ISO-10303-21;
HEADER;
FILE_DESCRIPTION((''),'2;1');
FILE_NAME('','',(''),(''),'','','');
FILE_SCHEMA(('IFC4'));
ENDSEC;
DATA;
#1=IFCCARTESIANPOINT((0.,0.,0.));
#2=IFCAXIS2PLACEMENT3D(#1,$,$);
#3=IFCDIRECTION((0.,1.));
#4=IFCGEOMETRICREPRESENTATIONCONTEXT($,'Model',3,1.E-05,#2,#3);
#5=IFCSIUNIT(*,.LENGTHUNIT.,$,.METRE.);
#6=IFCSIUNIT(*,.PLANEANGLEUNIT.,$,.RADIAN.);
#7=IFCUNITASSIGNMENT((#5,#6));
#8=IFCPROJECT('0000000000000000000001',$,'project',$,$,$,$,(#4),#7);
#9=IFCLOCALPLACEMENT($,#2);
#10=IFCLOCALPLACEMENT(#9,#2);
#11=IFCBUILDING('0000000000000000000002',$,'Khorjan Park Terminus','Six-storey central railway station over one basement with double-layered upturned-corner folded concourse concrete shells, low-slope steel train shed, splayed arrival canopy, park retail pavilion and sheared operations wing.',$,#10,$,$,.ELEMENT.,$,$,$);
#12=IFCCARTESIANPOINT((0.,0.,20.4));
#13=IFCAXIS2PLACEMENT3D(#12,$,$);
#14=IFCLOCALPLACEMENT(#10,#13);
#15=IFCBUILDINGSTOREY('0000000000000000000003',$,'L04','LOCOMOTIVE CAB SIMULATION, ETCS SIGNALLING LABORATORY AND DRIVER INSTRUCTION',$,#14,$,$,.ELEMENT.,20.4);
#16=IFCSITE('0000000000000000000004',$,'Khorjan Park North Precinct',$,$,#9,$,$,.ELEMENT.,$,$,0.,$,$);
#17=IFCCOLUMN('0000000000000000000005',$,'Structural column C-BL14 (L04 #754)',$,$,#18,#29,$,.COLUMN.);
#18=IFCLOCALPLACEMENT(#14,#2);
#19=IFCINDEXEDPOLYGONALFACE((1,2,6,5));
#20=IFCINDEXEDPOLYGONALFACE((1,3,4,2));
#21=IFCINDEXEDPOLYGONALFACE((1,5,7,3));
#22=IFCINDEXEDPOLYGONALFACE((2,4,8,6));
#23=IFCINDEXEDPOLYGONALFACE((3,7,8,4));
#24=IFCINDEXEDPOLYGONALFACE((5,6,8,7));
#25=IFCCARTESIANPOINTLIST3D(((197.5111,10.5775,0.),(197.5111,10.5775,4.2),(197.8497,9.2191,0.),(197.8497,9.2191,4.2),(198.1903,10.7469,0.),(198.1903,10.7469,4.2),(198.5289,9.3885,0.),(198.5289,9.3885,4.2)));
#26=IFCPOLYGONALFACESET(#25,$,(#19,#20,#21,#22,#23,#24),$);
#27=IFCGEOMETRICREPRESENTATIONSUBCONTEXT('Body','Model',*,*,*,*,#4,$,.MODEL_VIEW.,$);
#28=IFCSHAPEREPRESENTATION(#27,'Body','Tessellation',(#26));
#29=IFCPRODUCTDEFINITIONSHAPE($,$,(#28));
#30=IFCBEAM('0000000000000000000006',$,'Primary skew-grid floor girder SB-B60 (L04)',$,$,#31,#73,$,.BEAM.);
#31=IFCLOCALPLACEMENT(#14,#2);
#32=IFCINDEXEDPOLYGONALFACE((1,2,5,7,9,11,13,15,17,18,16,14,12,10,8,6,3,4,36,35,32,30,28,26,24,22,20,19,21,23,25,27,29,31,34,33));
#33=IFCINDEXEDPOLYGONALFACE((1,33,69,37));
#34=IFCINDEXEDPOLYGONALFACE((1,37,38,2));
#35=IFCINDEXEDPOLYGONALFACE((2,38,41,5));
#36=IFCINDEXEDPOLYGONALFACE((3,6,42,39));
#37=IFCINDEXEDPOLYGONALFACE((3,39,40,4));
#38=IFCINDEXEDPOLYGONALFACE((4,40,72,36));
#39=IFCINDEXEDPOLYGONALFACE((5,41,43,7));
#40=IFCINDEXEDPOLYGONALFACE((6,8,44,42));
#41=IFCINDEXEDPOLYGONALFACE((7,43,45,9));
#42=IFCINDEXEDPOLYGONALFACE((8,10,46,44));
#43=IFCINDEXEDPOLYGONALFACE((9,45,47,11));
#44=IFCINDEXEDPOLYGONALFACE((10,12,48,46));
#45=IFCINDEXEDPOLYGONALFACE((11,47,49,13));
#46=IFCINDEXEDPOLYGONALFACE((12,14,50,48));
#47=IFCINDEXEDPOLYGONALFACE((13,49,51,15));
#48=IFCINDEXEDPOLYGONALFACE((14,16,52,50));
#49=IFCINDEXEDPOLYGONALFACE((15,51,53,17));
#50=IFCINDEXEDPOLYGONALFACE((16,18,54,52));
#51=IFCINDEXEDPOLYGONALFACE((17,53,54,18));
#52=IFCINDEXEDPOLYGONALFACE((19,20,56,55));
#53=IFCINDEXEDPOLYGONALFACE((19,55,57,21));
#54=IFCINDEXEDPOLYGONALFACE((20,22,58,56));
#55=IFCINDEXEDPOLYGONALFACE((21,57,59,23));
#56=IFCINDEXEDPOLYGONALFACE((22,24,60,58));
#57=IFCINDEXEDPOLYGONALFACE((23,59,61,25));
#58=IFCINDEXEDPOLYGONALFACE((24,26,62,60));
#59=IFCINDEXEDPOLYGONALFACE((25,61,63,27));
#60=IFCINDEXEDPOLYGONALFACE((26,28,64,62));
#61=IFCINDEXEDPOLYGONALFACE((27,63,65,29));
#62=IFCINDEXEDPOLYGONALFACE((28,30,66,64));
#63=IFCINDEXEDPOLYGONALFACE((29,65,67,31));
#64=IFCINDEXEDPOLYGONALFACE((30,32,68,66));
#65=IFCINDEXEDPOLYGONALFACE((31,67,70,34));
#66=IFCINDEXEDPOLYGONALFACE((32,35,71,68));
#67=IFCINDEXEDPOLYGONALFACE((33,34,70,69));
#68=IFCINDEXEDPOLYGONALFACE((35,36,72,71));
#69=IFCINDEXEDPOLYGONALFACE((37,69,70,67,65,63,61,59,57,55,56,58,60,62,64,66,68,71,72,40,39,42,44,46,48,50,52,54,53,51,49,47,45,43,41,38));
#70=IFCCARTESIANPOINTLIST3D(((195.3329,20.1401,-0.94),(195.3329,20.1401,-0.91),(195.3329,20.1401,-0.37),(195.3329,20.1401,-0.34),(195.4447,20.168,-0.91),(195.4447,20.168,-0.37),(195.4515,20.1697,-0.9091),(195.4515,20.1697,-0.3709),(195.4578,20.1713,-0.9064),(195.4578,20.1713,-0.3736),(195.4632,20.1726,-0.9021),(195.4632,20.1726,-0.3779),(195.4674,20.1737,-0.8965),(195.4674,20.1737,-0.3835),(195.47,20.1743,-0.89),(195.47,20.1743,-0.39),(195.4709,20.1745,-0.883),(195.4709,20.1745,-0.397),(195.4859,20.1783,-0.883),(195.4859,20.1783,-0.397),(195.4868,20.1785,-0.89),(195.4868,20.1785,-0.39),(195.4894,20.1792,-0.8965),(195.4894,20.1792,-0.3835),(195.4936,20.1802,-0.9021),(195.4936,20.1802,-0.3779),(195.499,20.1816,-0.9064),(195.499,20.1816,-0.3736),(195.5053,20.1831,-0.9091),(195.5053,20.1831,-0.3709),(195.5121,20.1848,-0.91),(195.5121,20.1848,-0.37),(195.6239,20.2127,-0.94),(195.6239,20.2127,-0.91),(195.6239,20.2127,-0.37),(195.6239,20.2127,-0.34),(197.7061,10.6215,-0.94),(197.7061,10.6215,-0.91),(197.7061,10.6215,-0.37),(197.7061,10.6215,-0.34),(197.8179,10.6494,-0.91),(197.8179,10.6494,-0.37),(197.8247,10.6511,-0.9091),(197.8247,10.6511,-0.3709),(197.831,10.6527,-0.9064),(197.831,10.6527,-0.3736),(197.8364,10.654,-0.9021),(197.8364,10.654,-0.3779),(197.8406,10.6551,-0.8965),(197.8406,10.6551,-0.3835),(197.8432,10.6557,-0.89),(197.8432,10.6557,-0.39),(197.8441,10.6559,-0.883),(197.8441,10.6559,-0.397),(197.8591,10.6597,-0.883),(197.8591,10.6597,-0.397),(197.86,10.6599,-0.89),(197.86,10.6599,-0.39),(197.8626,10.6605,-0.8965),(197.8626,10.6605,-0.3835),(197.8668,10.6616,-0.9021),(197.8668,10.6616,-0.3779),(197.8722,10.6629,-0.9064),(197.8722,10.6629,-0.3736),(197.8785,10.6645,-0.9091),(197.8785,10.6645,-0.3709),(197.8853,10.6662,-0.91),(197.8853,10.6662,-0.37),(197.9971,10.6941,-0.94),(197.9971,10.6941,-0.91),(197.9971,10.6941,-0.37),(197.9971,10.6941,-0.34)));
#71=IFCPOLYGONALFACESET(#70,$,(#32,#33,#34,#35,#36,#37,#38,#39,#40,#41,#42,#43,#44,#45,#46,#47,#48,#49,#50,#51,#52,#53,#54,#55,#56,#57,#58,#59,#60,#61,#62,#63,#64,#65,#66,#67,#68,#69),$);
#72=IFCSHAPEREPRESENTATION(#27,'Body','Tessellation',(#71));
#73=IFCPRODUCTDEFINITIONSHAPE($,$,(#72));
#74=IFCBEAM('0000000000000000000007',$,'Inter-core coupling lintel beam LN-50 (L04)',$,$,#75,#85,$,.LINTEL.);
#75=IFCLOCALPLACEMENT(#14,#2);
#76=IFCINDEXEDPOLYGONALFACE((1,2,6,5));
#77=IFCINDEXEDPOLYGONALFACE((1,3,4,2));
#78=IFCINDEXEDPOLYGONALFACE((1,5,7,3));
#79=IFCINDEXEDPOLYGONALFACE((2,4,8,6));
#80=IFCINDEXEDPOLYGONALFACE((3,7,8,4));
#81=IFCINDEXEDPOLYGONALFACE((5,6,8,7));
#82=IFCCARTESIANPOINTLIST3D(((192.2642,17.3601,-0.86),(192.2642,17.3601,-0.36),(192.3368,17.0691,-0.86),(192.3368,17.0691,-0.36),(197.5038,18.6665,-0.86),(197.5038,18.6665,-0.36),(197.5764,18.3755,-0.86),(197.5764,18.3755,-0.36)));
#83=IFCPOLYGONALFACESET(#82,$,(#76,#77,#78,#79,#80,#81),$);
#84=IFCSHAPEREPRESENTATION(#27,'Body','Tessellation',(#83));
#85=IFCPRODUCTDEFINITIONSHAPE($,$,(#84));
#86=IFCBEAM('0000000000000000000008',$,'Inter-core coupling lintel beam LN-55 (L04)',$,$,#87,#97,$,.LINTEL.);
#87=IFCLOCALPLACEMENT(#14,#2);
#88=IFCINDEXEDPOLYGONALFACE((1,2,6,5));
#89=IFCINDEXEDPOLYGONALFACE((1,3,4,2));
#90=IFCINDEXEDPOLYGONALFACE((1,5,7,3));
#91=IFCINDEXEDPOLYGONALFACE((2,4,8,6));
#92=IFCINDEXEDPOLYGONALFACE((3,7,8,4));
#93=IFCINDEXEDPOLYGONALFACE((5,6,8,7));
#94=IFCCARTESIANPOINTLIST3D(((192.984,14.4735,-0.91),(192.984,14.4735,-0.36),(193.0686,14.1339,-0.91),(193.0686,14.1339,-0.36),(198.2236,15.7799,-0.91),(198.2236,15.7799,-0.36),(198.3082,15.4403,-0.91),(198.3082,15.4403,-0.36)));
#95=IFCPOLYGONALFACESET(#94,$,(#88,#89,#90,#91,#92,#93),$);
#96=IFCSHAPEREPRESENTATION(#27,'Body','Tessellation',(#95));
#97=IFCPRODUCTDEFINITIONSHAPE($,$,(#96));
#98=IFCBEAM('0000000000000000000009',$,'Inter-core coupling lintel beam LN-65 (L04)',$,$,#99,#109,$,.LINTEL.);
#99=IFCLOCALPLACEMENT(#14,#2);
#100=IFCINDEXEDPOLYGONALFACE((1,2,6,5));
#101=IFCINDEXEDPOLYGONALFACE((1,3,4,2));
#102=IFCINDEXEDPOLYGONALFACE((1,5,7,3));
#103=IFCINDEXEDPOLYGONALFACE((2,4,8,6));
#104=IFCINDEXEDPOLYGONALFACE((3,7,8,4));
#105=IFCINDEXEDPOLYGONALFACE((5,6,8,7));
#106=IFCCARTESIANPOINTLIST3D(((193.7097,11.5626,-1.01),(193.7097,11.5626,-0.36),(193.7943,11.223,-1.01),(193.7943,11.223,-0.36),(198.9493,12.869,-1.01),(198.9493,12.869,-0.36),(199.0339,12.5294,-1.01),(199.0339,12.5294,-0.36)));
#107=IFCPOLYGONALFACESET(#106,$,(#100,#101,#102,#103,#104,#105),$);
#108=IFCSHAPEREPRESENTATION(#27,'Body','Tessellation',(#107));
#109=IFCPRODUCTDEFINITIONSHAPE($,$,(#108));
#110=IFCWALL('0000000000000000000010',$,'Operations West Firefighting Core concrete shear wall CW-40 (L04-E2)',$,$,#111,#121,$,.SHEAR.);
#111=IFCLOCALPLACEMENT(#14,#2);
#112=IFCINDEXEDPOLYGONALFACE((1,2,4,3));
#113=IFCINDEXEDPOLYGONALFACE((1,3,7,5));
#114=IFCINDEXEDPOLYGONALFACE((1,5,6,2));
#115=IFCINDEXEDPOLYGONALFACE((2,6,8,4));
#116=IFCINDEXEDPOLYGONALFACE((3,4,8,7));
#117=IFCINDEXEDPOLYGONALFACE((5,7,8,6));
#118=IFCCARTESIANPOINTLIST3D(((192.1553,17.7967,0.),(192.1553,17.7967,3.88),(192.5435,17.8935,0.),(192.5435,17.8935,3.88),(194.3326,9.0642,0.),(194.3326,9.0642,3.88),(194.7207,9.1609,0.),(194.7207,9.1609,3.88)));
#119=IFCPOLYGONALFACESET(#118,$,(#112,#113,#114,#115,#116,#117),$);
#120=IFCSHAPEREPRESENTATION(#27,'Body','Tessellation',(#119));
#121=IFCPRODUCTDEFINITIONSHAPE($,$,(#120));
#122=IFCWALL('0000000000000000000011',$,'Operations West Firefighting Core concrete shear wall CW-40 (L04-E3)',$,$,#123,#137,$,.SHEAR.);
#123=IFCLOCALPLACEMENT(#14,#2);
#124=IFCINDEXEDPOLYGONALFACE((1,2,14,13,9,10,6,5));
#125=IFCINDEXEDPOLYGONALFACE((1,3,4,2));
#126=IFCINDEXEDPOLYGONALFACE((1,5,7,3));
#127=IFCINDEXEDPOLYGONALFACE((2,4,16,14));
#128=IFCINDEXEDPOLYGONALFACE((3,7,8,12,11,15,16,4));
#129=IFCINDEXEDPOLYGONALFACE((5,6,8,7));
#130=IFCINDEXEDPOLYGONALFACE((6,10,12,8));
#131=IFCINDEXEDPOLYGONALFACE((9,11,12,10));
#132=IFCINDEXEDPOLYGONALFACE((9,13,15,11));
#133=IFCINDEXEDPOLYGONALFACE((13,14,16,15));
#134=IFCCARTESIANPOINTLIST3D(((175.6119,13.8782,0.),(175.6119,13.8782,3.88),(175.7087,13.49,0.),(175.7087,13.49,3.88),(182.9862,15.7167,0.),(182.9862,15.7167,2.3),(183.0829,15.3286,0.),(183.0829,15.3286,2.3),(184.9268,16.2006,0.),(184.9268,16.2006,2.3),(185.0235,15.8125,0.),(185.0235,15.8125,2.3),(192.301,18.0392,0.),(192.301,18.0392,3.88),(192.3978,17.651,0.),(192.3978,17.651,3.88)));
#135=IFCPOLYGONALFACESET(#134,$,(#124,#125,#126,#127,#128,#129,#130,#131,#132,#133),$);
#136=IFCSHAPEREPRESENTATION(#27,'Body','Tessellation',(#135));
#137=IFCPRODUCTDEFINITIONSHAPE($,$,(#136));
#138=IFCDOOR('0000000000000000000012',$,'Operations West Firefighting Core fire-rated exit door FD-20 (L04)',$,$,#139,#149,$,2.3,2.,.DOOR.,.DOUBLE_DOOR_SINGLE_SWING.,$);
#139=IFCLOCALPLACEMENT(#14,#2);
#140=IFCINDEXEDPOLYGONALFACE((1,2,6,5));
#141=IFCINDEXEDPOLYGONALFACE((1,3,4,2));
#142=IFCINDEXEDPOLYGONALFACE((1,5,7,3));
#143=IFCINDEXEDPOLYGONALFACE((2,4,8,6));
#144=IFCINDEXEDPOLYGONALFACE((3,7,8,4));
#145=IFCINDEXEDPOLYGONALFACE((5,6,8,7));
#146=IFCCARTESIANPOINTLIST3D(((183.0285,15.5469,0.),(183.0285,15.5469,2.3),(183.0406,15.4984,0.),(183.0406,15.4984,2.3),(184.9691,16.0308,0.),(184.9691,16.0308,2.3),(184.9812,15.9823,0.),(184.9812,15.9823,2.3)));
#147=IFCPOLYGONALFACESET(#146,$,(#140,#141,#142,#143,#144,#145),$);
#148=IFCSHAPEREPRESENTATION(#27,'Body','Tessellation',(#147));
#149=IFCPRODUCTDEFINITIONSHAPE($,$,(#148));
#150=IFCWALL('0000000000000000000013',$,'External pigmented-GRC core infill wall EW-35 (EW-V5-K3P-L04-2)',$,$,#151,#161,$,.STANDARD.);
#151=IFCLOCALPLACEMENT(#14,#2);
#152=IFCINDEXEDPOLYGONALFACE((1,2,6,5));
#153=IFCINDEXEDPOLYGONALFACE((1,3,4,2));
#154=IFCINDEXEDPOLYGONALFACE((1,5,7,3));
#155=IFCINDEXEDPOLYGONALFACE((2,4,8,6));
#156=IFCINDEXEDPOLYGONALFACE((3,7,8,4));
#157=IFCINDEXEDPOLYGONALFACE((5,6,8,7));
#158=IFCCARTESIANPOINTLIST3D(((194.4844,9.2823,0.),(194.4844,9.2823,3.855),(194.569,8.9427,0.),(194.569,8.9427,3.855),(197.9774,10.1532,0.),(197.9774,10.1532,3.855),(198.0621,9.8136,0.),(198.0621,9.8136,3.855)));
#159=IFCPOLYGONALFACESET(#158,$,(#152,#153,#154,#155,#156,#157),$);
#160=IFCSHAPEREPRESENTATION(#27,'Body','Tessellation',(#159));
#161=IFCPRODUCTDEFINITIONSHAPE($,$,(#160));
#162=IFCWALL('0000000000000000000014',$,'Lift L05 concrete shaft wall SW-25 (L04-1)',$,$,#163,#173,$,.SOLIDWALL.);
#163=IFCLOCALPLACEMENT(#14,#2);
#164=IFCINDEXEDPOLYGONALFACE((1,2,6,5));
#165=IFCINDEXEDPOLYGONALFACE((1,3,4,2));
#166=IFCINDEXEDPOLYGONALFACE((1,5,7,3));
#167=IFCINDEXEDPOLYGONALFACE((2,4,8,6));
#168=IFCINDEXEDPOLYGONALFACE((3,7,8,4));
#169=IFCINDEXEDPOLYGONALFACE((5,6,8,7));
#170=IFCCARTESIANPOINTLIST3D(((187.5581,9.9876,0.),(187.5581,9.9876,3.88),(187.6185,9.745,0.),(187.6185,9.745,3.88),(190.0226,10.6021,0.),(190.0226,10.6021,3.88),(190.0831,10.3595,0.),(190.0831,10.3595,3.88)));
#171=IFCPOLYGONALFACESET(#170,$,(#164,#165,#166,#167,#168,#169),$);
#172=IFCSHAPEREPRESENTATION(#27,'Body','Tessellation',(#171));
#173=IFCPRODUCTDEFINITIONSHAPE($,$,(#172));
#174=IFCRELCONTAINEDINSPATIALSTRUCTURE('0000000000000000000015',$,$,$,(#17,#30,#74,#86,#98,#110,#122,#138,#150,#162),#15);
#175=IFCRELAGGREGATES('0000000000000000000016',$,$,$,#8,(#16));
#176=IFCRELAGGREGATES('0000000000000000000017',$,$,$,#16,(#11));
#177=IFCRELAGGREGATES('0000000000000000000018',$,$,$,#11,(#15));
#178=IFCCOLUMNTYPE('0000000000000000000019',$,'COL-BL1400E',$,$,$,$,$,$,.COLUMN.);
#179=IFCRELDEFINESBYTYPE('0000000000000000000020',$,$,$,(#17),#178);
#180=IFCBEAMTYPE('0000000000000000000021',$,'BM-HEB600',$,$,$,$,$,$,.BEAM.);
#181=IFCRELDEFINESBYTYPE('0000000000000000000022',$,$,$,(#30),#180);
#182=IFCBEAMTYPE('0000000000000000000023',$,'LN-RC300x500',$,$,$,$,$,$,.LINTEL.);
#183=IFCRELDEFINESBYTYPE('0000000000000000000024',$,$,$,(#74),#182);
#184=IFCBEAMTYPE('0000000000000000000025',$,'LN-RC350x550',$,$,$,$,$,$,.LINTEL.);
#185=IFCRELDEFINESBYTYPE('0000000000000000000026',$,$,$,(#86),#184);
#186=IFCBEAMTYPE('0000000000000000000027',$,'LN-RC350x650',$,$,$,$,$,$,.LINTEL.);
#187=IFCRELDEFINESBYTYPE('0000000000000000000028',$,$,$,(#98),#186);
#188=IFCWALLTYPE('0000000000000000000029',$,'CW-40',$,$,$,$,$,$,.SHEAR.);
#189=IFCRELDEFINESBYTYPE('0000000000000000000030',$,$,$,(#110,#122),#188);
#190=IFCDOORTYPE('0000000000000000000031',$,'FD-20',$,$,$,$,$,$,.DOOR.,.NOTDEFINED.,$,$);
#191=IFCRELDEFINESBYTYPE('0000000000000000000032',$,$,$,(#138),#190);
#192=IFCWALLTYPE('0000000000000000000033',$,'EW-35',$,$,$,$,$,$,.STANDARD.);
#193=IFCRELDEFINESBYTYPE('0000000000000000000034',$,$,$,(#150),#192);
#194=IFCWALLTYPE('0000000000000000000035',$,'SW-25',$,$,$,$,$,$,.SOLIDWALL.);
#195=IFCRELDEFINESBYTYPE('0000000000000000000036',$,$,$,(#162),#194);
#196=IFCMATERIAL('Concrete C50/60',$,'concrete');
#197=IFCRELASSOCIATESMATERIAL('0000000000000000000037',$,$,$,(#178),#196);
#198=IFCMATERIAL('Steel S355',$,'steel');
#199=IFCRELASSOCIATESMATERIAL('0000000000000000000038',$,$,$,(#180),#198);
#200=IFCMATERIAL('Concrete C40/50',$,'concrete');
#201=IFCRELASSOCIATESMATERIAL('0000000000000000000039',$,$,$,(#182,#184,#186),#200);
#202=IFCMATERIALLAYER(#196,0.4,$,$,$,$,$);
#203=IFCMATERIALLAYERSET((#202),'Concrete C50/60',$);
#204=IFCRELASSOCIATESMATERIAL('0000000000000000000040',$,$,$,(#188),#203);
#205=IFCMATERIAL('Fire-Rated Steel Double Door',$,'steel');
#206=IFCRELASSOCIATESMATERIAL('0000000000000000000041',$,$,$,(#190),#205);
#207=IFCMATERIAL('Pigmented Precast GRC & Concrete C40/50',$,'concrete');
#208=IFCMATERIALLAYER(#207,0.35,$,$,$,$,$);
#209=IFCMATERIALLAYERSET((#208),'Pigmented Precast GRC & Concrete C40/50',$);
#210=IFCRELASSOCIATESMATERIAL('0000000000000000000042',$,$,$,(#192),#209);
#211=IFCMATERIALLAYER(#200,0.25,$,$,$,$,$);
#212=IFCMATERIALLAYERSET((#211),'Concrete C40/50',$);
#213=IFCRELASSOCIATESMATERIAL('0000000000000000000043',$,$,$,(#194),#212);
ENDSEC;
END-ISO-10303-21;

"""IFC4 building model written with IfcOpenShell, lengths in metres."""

from ifc_helpers import new_model, si_unit, direction, frame, frame_2d, origin, origin_2d, place, context, subcontext, project, spatial, rectangle, i_section, extrude, material, layer, layer_set, material_profile, profile_set, type_object, element, fill, save


model = new_model("IFC4")

# Units and contexts
model_context = context("Model", 3, precision=1e-05, world=origin(), true_north=direction((0.0, 1.0)))
body_context = subcontext(model_context, "Body", "Model", "MODEL_VIEW")
ifc_project = project(units=[si_unit("LENGTHUNIT", "METRE"), si_unit("PLANEANGLEUNIT", "RADIAN")], contexts=[model_context])

# Site, building, storey
site_placement = place(None, origin())
site = spatial("IfcSite", under=ifc_project, at=site_placement, Name="Khorjan Park North Precinct", CompositionType="ELEMENT", RefElevation=0.0)
building_placement = place(site_placement, origin())
building = spatial("IfcBuilding", under=site, at=building_placement, Name="Khorjan Park Terminus", Description="Six-storey central railway station over one basement with double-layered upturned-corner folded concourse concrete shells, low-slope steel train shed, splayed arrival canopy, park retail pavilion and sheared operations wing.", CompositionType="ELEMENT")
storey_placement = place(building_placement, frame((0.0, 0.0, 20.4)))
storey = spatial("IfcBuildingStorey", under=building, at=storey_placement, Name="L04", Description="LOCOMOTIVE CAB SIMULATION, ETCS SIGNALLING LABORATORY AND DRIVER INSTRUCTION", CompositionType="ELEMENT", Elevation=20.4)

# Column
ifc_material_1 = material(Name="Concrete C50/60", Category="concrete")
ifc_material_profile_1 = material_profile(ifc_material_1, rectangle(XDim=0.7, YDim=1.4, at=origin_2d()), Name="RC 700x1400")
ifc_profile_set_1 = profile_set([ifc_material_profile_1], Name="Concrete C50/60")
column_type = type_object("IfcColumnType", Name="COL-BL1400E", PredefinedType="COLUMN", material=ifc_profile_set_1)
column_placement = place(storey_placement, frame((198.02, 9.983, 0.0), z_axis=(0.0, 0.0, 1.0), x_axis=(0.970296, 0.241922, 0.0)))
element("IfcColumn", 1, at=column_placement, inside=storey, type_object=column_type, Name="Structural column C-BL14 (L04 #754)", PredefinedType="COLUMN", context=body_context, shape_type="SweptSolid", body=[
    extrude(rectangle(XDim=0.7, YDim=1.4, at=origin_2d()), origin(), (0.0, 0.0, 1.0), 4.2),
])

# Beams
ifc_material_2 = material(Name="Steel S355", Category="steel")
ifc_material_profile_2 = material_profile(ifc_material_2, i_section(OverallWidth=0.3, OverallDepth=0.6, WebThickness=0.0155, FlangeThickness=0.03, FilletRadius=0.027, at=origin_2d()), Name="HEB 600")
ifc_profile_set_2 = profile_set([ifc_material_profile_2], Name="Steel S355")
beam_type_1 = type_object("IfcBeamType", Name="BM-HEB600", PredefinedType="BEAM", material=ifc_profile_set_2)
beam_1_placement = place(storey_placement, frame((197.8516, 10.6578, -0.64), z_axis=(-0.241917, 0.970297, 0.0), x_axis=(-0.970297, -0.241917, 0.0)))
element("IfcBeam", 2, at=beam_1_placement, inside=storey, type_object=beam_type_1, Name="Primary skew-grid floor girder SB-B60 (L04)", PredefinedType="BEAM", context=body_context, shape_type="SweptSolid", body=[
    extrude(i_section(OverallWidth=0.3, OverallDepth=0.6, WebThickness=0.0155, FlangeThickness=0.03, FilletRadius=0.027, at=origin_2d()), origin(), (0.0, 0.0, 1.0), 9.81),
])
ifc_material_3 = material(Name="Concrete C40/50", Category="concrete")
ifc_material_profile_3 = material_profile(ifc_material_3, rectangle(XDim=0.3, YDim=0.5, at=origin_2d()), Name="RC 300x500")
ifc_profile_set_3 = profile_set([ifc_material_profile_3], Name="Concrete C40/50")
beam_type_2 = type_object("IfcBeamType", Name="LN-RC300x500", PredefinedType="LINTEL", material=ifc_profile_set_3)
beam_2_placement = place(storey_placement, frame((192.3005, 17.2146, -0.61), z_axis=(0.970295, 0.241926, 0.0), x_axis=(-0.241926, 0.970295, 0.0)))
element("IfcBeam", 3, at=beam_2_placement, inside=storey, type_object=beam_type_2, Name="Inter-core coupling lintel beam LN-50 (L04)", PredefinedType="LINTEL", context=body_context, shape_type="SweptSolid", body=[
    extrude(rectangle(XDim=0.3, YDim=0.5, at=origin_2d()), origin(), (0.0, 0.0, 1.0), 5.4),
])
ifc_material_profile_4 = material_profile(ifc_material_3, rectangle(XDim=0.35, YDim=0.55, at=origin_2d()), Name="RC 350x550")
ifc_profile_set_4 = profile_set([ifc_material_profile_4], Name="Concrete C40/50")
beam_type_3 = type_object("IfcBeamType", Name="LN-RC350x550", PredefinedType="LINTEL", material=ifc_profile_set_4)
beam_3_placement = place(storey_placement, frame((193.0263, 14.3037, -0.635), z_axis=(0.970295, 0.241926, 0.0), x_axis=(-0.241926, 0.970295, 0.0)))
element("IfcBeam", 4, at=beam_3_placement, inside=storey, type_object=beam_type_3, Name="Inter-core coupling lintel beam LN-55 (L04)", PredefinedType="LINTEL", context=body_context, shape_type="SweptSolid", body=[
    extrude(rectangle(XDim=0.35, YDim=0.55, at=origin_2d()), origin(), (0.0, 0.0, 1.0), 5.4),
])
ifc_material_profile_5 = material_profile(ifc_material_3, rectangle(XDim=0.35, YDim=0.65, at=origin_2d()), Name="RC 350x650")
ifc_profile_set_5 = profile_set([ifc_material_profile_5], Name="Concrete C40/50")
beam_type_4 = type_object("IfcBeamType", Name="LN-RC350x650", PredefinedType="LINTEL", material=ifc_profile_set_5)
beam_4_placement = place(storey_placement, frame((193.752, 11.3928, -0.685), z_axis=(0.970295, 0.241926, 0.0), x_axis=(-0.241926, 0.970295, 0.0)))
element("IfcBeam", 5, at=beam_4_placement, inside=storey, type_object=beam_type_4, Name="Inter-core coupling lintel beam LN-65 (L04)", PredefinedType="LINTEL", context=body_context, shape_type="SweptSolid", body=[
    extrude(rectangle(XDim=0.35, YDim=0.65, at=origin_2d()), origin(), (0.0, 0.0, 1.0), 5.4),
])

# Wall
ifc_layer_1 = layer(ifc_material_1, 0.4)
ifc_layer_set_1 = layer_set([ifc_layer_1], Name="Concrete C50/60")
wall_type_1 = type_object("IfcWallType", Name="CW-40", PredefinedType="SHEAR", material=ifc_layer_set_1)
wall_1_placement = place(storey_placement, frame((194.5267, 9.1125, 0.0), z_axis=(0.0, 0.0, 1.0), x_axis=(-0.241924, 0.970295, 0.0)))
element("IfcWall", 6, at=wall_1_placement, inside=storey, type_object=wall_type_1, Name="Operations West Firefighting Core concrete shear wall CW-40 (L04-E2)", PredefinedType="SHEAR", context=body_context, shape_type="SweptSolid", body=[
    extrude(rectangle(XDim=8.9999, YDim=0.4, at=frame_2d((4.5, 0.0))), origin(), (0.0, 0.0, 1.0), 3.88),
])

# Wall, opening, door
wall_2_placement = place(storey_placement, frame((192.3494, 17.8451, 0.0), z_axis=(0.0, 0.0, 1.0), x_axis=(-0.970297, -0.241919, 0.0)))
wall_2 = element("IfcWall", 7, at=wall_2_placement, inside=storey, type_object=wall_type_1, Name="Operations West Firefighting Core concrete shear wall CW-40 (L04-E3)", PredefinedType="SHEAR", context=body_context, shape_type="SweptSolid", body=[
    extrude(rectangle(XDim=17.2, YDim=0.4, at=frame_2d((8.6, 0.0))), origin(), (0.0, 0.0, 1.0), 3.88),
])
opening_1_placement = place(wall_2_placement, frame((7.6, 0.0, 0.0)))
opening_1 = element("IfcOpeningElement", 8, at=opening_1_placement, cuts=wall_2, PredefinedType="OPENING", context=body_context, shape_type="SweptSolid", body=[
    extrude(rectangle(XDim=2.0, YDim=2.3, at=frame_2d((1.0, 1.15))), frame((0.0, 0.21, 0.0), z_axis=(0.0, -1.0, 0.0), x_axis=(1.0, 0.0, 0.0)), (0.0, 0.0, 1.0), 0.42),
])
ifc_material_4 = material(Name="Fire-Rated Steel Double Door", Category="steel")
door_type_1 = type_object("IfcDoorType", Name="FD-20", OperationType="NOTDEFINED", PredefinedType="DOOR", material=ifc_material_4)
door_1_placement = place(opening_1_placement, origin())
door_1 = element("IfcDoor", 9, at=door_1_placement, inside=storey, type_object=door_type_1, Name="Operations West Firefighting Core fire-rated exit door FD-20 (L04)", OperationType="DOUBLE_DOOR_SINGLE_SWING", OverallHeight=2.3, OverallWidth=2.0, PredefinedType="DOOR", context=body_context, shape_type="SweptSolid", body=[
    extrude(rectangle(XDim=2.0, YDim=2.3, at=frame_2d((1.0, 1.15))), frame((0.0, 0.025, 0.0), z_axis=(0.0, -1.0, 0.0), x_axis=(1.0, 0.0, 0.0)), (0.0, 0.0, 1.0), 0.05),
])
fill(opening_1, door_1)

# Walls
ifc_material_5 = material(Name="Pigmented Precast GRC & Concrete C40/50", Category="concrete")
ifc_layer_2 = layer(ifc_material_5, 0.35)
ifc_layer_set_2 = layer_set([ifc_layer_2], Name="Pigmented Precast GRC & Concrete C40/50")
wall_type_2 = type_object("IfcWallType", Name="EW-35", PredefinedType="STANDARD", material=ifc_layer_set_2)
wall_3_placement = place(storey_placement, frame((194.5267, 9.1125, 0.0), z_axis=(0.0, 0.0, 1.0), x_axis=(0.970298, 0.241915, 0.0)))
element("IfcWall", 10, at=wall_3_placement, inside=storey, type_object=wall_type_2, Name="External pigmented-GRC core infill wall EW-35 (EW-V5-K3P-L04-2)", PredefinedType="STANDARD", context=body_context, shape_type="SweptSolid", body=[
    extrude(rectangle(XDim=3.6, YDim=0.35, at=frame_2d((1.8, 0.0))), origin(), (0.0, 0.0, 1.0), 3.855),
])
ifc_layer_3 = layer(ifc_material_3, 0.25)
ifc_layer_set_3 = layer_set([ifc_layer_3], Name="Concrete C40/50")
wall_type_3 = type_object("IfcWallType", Name="SW-25", PredefinedType="SOLIDWALL", material=ifc_layer_set_3)
wall_4_placement = place(storey_placement, frame((187.5883, 9.8663, 0.0), z_axis=(0.0, 0.0, 1.0), x_axis=(0.970293, 0.241933, 0.0)))
element("IfcWall", 11, at=wall_4_placement, inside=storey, type_object=wall_type_3, Name="Lift L05 concrete shaft wall SW-25 (L04-1)", PredefinedType="SOLIDWALL", context=body_context, shape_type="SweptSolid", body=[
    extrude(rectangle(XDim=2.54, YDim=0.25, at=frame_2d((1.27, 0.0))), origin(), (0.0, 0.0, 1.0), 3.88),
])

save(model, "model.ifc")
